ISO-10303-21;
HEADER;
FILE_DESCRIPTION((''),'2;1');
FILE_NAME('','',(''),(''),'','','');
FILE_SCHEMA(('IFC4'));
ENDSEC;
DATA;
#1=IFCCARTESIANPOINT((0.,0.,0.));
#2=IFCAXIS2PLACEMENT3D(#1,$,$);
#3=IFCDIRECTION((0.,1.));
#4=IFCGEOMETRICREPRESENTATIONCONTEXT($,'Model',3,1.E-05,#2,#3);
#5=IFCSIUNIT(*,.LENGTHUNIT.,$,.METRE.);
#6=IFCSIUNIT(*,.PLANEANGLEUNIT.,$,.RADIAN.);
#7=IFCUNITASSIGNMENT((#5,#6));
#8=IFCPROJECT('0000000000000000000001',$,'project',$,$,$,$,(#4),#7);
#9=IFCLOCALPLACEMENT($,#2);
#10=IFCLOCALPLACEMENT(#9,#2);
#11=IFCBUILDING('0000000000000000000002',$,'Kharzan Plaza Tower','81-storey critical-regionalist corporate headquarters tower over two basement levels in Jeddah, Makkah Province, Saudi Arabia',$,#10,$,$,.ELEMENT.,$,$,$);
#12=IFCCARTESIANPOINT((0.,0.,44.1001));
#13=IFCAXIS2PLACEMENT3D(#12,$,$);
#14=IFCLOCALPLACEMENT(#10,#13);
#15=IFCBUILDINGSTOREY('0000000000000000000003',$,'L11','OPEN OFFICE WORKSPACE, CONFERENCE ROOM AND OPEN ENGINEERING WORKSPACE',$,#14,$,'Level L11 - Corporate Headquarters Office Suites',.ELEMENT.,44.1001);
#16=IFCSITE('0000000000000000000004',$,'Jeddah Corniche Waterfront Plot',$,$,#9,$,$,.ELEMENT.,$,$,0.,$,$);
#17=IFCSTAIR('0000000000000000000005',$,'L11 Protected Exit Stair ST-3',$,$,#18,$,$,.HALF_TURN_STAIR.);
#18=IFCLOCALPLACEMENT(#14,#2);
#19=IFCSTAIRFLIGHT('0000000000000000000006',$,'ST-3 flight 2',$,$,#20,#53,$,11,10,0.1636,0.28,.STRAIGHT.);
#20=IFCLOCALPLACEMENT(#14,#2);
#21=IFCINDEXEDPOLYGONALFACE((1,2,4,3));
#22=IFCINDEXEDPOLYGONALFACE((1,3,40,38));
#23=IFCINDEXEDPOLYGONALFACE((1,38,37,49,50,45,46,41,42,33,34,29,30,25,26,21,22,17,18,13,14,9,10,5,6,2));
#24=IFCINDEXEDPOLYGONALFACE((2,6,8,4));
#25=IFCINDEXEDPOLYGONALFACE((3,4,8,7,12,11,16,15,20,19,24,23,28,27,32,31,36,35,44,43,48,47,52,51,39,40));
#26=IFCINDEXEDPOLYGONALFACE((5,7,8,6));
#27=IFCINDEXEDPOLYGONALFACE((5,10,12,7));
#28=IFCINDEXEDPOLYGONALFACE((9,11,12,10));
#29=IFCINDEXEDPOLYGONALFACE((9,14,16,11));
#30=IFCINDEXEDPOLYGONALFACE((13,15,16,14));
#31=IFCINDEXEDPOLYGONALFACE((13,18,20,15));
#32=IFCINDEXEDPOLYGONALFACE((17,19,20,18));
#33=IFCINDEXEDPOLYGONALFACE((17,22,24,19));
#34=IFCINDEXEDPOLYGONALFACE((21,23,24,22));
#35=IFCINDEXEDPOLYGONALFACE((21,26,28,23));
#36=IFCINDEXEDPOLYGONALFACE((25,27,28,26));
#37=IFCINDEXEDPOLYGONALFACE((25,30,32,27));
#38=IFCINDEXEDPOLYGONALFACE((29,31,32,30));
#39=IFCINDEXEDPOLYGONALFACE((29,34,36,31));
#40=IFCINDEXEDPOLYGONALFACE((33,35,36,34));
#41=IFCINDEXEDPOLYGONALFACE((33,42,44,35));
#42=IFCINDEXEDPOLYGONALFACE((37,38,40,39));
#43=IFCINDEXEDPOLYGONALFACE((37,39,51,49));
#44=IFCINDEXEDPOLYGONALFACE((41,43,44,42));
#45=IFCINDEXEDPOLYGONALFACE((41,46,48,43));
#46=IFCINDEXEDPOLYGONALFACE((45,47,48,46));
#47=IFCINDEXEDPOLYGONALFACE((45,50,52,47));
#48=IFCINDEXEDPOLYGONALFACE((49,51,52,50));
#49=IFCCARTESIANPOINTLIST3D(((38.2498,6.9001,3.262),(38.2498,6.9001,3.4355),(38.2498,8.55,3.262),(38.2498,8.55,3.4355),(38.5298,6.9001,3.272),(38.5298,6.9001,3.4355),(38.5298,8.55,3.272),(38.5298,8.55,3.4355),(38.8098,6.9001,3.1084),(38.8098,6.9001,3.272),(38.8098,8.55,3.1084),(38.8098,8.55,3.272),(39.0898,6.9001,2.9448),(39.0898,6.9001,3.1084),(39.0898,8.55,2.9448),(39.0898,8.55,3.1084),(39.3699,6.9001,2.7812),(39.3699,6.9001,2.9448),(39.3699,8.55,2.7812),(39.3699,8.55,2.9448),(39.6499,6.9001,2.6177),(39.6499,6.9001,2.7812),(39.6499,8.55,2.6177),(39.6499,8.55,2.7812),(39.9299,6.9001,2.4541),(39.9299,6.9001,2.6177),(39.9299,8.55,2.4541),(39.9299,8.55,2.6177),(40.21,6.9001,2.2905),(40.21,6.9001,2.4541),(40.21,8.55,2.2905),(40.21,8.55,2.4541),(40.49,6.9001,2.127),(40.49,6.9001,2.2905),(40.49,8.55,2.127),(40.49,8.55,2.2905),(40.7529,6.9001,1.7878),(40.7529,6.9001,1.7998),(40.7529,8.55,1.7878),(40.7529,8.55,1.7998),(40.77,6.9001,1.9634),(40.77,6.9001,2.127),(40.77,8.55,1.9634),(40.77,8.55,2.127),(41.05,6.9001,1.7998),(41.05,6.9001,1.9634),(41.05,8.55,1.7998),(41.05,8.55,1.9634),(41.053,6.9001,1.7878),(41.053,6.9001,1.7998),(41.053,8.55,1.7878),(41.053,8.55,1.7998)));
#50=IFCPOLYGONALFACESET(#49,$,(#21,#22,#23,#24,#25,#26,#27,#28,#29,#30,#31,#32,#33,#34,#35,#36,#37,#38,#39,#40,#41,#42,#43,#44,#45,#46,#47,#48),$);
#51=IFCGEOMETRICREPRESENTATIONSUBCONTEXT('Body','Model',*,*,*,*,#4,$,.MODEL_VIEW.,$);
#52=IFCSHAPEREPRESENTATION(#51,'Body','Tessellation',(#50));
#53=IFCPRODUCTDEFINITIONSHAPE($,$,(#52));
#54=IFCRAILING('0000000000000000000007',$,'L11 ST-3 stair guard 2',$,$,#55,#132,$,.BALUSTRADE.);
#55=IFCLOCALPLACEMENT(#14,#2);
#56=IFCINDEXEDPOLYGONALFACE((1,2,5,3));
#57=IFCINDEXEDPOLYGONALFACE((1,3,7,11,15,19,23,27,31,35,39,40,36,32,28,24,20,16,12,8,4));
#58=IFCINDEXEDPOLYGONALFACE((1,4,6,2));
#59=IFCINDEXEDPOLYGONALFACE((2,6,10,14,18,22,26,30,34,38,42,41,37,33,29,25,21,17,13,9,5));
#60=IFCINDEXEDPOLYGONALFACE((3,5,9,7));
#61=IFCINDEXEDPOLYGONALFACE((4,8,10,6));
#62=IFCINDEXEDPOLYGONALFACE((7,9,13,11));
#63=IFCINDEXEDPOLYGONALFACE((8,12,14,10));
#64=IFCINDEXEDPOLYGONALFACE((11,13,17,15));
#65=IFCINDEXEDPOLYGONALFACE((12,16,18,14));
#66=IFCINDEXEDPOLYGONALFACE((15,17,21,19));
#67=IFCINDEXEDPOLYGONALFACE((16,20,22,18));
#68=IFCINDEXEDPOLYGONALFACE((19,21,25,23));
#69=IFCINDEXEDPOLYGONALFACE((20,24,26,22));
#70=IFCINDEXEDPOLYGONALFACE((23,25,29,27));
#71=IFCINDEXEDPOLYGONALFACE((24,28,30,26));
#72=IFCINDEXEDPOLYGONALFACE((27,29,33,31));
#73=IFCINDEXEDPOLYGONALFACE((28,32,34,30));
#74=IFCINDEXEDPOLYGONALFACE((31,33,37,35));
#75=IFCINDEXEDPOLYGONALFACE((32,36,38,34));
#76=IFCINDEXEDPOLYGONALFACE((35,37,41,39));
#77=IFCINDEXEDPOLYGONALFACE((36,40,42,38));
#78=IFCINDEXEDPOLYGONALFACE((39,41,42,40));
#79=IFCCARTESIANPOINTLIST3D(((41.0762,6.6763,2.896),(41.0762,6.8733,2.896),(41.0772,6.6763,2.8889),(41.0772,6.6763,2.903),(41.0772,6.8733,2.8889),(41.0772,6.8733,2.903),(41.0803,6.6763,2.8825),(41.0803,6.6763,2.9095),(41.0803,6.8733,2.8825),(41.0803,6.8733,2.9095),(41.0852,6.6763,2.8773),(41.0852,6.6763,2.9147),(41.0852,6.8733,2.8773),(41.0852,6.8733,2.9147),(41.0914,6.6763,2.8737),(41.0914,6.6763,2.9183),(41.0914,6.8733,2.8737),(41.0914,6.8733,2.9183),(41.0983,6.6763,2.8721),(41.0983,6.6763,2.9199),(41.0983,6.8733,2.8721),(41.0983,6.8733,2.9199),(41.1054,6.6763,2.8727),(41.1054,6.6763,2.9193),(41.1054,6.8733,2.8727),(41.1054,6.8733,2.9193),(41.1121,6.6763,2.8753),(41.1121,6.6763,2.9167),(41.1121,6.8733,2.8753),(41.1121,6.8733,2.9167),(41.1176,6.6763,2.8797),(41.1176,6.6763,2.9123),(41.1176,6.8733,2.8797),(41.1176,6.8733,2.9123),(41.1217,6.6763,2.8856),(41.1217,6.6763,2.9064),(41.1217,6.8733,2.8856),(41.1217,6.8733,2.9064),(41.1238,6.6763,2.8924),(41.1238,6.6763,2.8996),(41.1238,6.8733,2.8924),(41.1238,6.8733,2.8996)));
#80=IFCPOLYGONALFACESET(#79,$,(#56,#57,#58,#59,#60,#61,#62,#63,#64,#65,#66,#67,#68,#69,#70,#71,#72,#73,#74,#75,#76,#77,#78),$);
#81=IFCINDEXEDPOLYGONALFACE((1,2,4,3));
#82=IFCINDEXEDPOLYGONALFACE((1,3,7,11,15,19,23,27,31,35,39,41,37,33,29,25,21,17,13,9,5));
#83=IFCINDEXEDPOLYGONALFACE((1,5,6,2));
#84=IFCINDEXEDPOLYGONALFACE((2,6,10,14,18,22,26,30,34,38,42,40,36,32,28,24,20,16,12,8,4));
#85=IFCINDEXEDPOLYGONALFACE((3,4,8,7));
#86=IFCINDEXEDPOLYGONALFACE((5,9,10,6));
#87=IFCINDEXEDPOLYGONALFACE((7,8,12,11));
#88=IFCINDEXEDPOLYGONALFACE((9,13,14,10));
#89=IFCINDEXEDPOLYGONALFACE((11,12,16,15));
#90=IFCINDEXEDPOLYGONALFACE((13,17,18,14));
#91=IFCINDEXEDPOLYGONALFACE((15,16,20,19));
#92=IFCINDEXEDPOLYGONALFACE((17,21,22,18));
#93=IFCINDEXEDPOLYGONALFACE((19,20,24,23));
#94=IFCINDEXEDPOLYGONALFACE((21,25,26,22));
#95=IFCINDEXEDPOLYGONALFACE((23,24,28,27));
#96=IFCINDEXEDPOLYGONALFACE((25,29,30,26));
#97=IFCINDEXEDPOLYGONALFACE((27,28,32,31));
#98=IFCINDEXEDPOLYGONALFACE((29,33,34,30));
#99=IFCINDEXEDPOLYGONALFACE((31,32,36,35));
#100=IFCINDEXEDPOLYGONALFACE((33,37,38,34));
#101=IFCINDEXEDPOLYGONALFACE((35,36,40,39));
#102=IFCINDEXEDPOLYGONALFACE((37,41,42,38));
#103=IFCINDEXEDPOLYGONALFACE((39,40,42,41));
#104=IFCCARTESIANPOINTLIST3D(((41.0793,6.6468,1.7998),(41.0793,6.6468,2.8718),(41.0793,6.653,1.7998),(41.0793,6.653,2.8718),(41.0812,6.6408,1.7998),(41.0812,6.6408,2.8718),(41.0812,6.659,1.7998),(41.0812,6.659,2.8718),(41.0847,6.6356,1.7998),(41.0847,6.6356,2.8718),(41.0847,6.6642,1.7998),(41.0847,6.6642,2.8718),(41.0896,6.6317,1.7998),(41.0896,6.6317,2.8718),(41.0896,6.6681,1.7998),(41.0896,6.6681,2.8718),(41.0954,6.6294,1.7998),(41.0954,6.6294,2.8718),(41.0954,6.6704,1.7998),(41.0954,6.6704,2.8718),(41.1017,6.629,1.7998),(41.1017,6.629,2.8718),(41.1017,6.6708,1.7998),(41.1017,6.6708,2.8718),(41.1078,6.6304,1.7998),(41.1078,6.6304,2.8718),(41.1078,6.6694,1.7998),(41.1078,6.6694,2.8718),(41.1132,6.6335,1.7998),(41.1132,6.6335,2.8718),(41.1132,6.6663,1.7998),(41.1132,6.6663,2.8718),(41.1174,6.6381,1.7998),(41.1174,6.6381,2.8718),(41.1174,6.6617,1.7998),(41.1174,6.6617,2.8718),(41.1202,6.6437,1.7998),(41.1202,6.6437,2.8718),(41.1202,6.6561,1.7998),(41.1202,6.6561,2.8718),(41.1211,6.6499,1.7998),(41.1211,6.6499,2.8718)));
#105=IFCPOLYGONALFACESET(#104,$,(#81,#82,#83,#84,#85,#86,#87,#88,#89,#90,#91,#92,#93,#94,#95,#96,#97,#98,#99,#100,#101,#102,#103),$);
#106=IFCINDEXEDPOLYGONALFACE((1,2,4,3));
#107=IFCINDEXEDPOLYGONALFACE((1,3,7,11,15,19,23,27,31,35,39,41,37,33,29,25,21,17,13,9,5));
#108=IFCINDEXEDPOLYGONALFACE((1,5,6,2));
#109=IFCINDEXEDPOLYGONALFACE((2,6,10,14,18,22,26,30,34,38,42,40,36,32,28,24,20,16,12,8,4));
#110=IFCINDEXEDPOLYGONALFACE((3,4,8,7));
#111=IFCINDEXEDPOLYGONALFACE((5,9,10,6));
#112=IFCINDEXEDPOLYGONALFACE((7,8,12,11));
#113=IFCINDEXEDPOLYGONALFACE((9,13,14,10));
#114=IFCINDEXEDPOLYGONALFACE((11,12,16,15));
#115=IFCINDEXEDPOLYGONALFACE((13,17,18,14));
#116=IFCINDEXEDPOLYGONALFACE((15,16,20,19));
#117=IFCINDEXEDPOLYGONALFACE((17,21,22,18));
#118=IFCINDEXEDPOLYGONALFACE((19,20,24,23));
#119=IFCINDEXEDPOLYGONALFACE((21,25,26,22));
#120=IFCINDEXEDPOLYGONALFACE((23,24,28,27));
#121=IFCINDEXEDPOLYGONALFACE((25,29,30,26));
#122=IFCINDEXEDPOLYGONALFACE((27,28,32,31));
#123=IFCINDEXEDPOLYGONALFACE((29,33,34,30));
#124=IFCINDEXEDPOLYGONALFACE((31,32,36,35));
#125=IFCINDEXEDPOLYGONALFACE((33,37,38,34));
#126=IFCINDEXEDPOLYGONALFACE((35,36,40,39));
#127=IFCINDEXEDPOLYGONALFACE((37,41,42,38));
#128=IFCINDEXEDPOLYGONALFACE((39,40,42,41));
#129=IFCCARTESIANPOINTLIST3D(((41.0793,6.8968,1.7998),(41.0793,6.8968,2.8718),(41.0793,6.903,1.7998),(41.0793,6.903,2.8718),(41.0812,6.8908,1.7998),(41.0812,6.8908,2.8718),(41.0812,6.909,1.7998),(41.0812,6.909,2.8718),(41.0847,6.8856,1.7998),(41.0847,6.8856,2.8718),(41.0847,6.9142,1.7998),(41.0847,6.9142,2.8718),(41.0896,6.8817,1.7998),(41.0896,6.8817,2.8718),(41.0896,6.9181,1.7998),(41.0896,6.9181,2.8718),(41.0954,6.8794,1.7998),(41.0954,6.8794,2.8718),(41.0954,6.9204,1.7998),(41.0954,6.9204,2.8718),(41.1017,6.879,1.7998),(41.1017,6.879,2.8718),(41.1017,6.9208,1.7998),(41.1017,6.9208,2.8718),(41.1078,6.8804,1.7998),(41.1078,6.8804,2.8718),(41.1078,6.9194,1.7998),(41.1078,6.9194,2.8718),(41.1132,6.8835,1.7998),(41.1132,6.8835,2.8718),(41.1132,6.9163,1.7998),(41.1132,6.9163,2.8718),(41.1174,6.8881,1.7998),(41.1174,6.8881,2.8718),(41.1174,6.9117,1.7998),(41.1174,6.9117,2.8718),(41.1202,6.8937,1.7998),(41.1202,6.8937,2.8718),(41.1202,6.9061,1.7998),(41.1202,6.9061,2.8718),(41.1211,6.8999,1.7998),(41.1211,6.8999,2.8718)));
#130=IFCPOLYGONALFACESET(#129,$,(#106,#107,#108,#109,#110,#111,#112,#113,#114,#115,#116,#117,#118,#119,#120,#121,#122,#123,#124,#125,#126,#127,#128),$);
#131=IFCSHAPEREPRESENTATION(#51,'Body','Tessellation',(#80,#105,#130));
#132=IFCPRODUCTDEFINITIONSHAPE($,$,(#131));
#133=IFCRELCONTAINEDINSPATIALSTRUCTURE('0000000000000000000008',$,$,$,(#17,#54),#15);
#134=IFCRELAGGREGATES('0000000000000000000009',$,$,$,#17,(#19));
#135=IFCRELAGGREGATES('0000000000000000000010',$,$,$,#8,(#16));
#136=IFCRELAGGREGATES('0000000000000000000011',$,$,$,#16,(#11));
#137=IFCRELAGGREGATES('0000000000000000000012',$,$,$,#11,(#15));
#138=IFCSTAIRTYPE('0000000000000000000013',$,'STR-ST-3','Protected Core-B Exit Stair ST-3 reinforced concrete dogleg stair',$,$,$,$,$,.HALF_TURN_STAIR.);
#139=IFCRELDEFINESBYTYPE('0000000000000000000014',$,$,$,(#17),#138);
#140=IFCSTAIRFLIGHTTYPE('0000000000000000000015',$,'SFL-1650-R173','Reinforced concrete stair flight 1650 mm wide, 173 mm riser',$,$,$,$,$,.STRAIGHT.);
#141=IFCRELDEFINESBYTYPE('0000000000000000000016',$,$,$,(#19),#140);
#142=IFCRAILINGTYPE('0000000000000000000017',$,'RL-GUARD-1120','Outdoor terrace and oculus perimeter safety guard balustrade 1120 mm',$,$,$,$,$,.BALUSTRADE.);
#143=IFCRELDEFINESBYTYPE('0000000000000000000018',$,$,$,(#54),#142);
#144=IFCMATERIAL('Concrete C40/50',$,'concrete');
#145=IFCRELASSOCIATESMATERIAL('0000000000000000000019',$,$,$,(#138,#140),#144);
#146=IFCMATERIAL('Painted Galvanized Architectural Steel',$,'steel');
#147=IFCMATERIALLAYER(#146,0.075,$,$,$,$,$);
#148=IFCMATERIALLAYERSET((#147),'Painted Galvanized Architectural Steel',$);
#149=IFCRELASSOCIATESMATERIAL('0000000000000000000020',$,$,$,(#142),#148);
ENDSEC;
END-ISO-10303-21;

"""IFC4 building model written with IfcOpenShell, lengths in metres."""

from ifc_helpers import new_model, si_unit, direction, frame, origin, origin_2d, place, context, subcontext, project, spatial, polyline, circle, outline, extrude, source, transform, mapped, material, layer, layer_set, type_object, element, aggregate, save


model = new_model("IFC4")

# Units and contexts
model_context = context("Model", 3, precision=1e-05, world=origin(), true_north=direction((0.0, 1.0)))
body_context = subcontext(model_context, "Body", "Model", "MODEL_VIEW")
ifc_project = project(units=[si_unit("LENGTHUNIT", "METRE"), si_unit("PLANEANGLEUNIT", "RADIAN")], contexts=[model_context])

# Site, building, storey
site_placement = place(None, origin())
site = spatial("IfcSite", under=ifc_project, at=site_placement, Name="Jeddah Corniche Waterfront Plot", CompositionType="ELEMENT", RefElevation=0.0)
building_placement = place(site_placement, origin())
building = spatial("IfcBuilding", under=site, at=building_placement, Name="Kharzan Plaza Tower", Description="81-storey critical-regionalist corporate headquarters tower over two basement levels in Jeddah, Makkah Province, Saudi Arabia", CompositionType="ELEMENT")
storey_placement = place(building_placement, frame((0.0, 0.0, 44.1001)))
storey = spatial("IfcBuildingStorey", under=building, at=storey_placement, Name="L11", Description="OPEN OFFICE WORKSPACE, CONFERENCE ROOM AND OPEN ENGINEERING WORKSPACE", LongName="Level L11 - Corporate Headquarters Office Suites", CompositionType="ELEMENT", Elevation=44.1001)

# Shared definitions
ifc_material_1 = material(Name="Concrete C40/50", Category="concrete")

# Stair, stair flight
stair_type = type_object("IfcStairType", Name="STR-ST-3", Description="Protected Core-B Exit Stair ST-3 reinforced concrete dogleg stair", PredefinedType="HALF_TURN_STAIR", material=ifc_material_1)
stair_placement = place(storey_placement, origin())
stair = element("IfcStair", 1, at=stair_placement, inside=storey, type_object=stair_type, Name="L11 Protected Exit Stair ST-3", PredefinedType="HALF_TURN_STAIR")
stair_flight_type = type_object("IfcStairFlightType", Name="SFL-1650-R173", Description="Reinforced concrete stair flight 1650 mm wide, 173 mm riser", PredefinedType="STRAIGHT", material=ifc_material_1)
shared_shape_1 = source(origin(), body_context, "Body", "SweptSolid", [
    extrude(outline(polyline([(-0.0029, -0.012), (-0.0029, 0.0), (0.0, 0.0), (0.0, 0.1636), (0.28, 0.1636), (0.28, 0.3271), (0.5601, 0.3271), (0.5601, 0.4907), (0.8401, 0.4907), (0.8401, 0.6543), (1.1201, 0.6543), (1.1201, 0.8179), (1.4001, 0.8179), (1.4001, 0.9814), (1.6802, 0.9814), (1.6802, 1.145), (1.9602, 1.145), (1.9602, 1.3086), (2.2402, 1.3086), (2.2402, 1.4722), (2.5203, 1.4722), (2.5203, 1.6357), (2.8003, 1.6357), (2.8003, 1.7993), (2.8003, 1.4622), (0.2971, 0.0), (0.2971, -0.012), (-0.0029, -0.012)])), frame((0.0, 0.825, 0.0), z_axis=(0.0, -1.0, 0.0), x_axis=(1.0, 0.0, 0.0)), (0.0, 0.0, 1.0), 1.6499),
])
stair_flight_1_placement = place(storey_placement, frame((41.05, 7.7251, 1.7998), z_axis=(0.0, 0.0, 1.0), x_axis=(-1.0, 0.0, 0.0)))
stair_flight_1 = element("IfcStairFlight", 2, at=stair_flight_1_placement, type_object=stair_flight_type, Name="ST-3 flight 2", NumberOfRisers=11, NumberOfTreads=10, PredefinedType="STRAIGHT", RiserHeight=0.1636, TreadLength=0.28, context=body_context, shape_type="MappedRepresentation", body=[
    mapped(shared_shape_1, transform((0.0, 0.0, 0.0), x_axis=(1.0, 0.0, 0.0), y_axis=(0.0, 1.0, 0.0), z_axis=(0.0, 0.0, 1.0))),
])
aggregate(stair, [stair_flight_1])

# Railing
ifc_material_2 = material(Name="Painted Galvanized Architectural Steel", Category="steel")
ifc_layer_1 = layer(ifc_material_2, 0.075)
ifc_layer_set_1 = layer_set([ifc_layer_1], Name="Painted Galvanized Architectural Steel")
railing_type_1 = type_object("IfcRailingType", Name="RL-GUARD-1120", Description="Outdoor terrace and oculus perimeter safety guard balustrade 1120 mm", PredefinedType="BALUSTRADE", material=ifc_layer_set_1)
shared_shape_2 = source(origin(), body_context, "Body", "SweptSolid", [
    extrude(circle(Radius=0.0239, at=origin_2d()), frame((0.0, 0.0264, 1.0962), z_axis=(0.0, 1.0, 0.0), x_axis=(-1.0, 0.0, 0.0)), (0.0, 0.0, 1.0), 0.197),
    extrude(circle(Radius=0.021, at=origin_2d()), origin(), (0.0, 0.0, 1.0), 1.072),
    extrude(circle(Radius=0.021, at=origin_2d()), frame((0.0, 0.25, 0.0)), (0.0, 0.0, 1.0), 1.072),
])
for number, where, name in (
    (3, (41.1001, 6.6499, 1.7998), "L11 ST-3 stair guard 2"),
):
    element("IfcRailing", number, at=place(storey_placement, frame(where)), inside=storey, type_object=railing_type_1, Name=name, PredefinedType="BALUSTRADE", context=body_context, shape_type="MappedRepresentation", body=[
        mapped(shared_shape_2, transform((0.0, 0.0, 0.0), x_axis=(1.0, 0.0, 0.0), y_axis=(0.0, 1.0, 0.0), z_axis=(0.0, 0.0, 1.0))),
    ])

save(model, "model.ifc")
